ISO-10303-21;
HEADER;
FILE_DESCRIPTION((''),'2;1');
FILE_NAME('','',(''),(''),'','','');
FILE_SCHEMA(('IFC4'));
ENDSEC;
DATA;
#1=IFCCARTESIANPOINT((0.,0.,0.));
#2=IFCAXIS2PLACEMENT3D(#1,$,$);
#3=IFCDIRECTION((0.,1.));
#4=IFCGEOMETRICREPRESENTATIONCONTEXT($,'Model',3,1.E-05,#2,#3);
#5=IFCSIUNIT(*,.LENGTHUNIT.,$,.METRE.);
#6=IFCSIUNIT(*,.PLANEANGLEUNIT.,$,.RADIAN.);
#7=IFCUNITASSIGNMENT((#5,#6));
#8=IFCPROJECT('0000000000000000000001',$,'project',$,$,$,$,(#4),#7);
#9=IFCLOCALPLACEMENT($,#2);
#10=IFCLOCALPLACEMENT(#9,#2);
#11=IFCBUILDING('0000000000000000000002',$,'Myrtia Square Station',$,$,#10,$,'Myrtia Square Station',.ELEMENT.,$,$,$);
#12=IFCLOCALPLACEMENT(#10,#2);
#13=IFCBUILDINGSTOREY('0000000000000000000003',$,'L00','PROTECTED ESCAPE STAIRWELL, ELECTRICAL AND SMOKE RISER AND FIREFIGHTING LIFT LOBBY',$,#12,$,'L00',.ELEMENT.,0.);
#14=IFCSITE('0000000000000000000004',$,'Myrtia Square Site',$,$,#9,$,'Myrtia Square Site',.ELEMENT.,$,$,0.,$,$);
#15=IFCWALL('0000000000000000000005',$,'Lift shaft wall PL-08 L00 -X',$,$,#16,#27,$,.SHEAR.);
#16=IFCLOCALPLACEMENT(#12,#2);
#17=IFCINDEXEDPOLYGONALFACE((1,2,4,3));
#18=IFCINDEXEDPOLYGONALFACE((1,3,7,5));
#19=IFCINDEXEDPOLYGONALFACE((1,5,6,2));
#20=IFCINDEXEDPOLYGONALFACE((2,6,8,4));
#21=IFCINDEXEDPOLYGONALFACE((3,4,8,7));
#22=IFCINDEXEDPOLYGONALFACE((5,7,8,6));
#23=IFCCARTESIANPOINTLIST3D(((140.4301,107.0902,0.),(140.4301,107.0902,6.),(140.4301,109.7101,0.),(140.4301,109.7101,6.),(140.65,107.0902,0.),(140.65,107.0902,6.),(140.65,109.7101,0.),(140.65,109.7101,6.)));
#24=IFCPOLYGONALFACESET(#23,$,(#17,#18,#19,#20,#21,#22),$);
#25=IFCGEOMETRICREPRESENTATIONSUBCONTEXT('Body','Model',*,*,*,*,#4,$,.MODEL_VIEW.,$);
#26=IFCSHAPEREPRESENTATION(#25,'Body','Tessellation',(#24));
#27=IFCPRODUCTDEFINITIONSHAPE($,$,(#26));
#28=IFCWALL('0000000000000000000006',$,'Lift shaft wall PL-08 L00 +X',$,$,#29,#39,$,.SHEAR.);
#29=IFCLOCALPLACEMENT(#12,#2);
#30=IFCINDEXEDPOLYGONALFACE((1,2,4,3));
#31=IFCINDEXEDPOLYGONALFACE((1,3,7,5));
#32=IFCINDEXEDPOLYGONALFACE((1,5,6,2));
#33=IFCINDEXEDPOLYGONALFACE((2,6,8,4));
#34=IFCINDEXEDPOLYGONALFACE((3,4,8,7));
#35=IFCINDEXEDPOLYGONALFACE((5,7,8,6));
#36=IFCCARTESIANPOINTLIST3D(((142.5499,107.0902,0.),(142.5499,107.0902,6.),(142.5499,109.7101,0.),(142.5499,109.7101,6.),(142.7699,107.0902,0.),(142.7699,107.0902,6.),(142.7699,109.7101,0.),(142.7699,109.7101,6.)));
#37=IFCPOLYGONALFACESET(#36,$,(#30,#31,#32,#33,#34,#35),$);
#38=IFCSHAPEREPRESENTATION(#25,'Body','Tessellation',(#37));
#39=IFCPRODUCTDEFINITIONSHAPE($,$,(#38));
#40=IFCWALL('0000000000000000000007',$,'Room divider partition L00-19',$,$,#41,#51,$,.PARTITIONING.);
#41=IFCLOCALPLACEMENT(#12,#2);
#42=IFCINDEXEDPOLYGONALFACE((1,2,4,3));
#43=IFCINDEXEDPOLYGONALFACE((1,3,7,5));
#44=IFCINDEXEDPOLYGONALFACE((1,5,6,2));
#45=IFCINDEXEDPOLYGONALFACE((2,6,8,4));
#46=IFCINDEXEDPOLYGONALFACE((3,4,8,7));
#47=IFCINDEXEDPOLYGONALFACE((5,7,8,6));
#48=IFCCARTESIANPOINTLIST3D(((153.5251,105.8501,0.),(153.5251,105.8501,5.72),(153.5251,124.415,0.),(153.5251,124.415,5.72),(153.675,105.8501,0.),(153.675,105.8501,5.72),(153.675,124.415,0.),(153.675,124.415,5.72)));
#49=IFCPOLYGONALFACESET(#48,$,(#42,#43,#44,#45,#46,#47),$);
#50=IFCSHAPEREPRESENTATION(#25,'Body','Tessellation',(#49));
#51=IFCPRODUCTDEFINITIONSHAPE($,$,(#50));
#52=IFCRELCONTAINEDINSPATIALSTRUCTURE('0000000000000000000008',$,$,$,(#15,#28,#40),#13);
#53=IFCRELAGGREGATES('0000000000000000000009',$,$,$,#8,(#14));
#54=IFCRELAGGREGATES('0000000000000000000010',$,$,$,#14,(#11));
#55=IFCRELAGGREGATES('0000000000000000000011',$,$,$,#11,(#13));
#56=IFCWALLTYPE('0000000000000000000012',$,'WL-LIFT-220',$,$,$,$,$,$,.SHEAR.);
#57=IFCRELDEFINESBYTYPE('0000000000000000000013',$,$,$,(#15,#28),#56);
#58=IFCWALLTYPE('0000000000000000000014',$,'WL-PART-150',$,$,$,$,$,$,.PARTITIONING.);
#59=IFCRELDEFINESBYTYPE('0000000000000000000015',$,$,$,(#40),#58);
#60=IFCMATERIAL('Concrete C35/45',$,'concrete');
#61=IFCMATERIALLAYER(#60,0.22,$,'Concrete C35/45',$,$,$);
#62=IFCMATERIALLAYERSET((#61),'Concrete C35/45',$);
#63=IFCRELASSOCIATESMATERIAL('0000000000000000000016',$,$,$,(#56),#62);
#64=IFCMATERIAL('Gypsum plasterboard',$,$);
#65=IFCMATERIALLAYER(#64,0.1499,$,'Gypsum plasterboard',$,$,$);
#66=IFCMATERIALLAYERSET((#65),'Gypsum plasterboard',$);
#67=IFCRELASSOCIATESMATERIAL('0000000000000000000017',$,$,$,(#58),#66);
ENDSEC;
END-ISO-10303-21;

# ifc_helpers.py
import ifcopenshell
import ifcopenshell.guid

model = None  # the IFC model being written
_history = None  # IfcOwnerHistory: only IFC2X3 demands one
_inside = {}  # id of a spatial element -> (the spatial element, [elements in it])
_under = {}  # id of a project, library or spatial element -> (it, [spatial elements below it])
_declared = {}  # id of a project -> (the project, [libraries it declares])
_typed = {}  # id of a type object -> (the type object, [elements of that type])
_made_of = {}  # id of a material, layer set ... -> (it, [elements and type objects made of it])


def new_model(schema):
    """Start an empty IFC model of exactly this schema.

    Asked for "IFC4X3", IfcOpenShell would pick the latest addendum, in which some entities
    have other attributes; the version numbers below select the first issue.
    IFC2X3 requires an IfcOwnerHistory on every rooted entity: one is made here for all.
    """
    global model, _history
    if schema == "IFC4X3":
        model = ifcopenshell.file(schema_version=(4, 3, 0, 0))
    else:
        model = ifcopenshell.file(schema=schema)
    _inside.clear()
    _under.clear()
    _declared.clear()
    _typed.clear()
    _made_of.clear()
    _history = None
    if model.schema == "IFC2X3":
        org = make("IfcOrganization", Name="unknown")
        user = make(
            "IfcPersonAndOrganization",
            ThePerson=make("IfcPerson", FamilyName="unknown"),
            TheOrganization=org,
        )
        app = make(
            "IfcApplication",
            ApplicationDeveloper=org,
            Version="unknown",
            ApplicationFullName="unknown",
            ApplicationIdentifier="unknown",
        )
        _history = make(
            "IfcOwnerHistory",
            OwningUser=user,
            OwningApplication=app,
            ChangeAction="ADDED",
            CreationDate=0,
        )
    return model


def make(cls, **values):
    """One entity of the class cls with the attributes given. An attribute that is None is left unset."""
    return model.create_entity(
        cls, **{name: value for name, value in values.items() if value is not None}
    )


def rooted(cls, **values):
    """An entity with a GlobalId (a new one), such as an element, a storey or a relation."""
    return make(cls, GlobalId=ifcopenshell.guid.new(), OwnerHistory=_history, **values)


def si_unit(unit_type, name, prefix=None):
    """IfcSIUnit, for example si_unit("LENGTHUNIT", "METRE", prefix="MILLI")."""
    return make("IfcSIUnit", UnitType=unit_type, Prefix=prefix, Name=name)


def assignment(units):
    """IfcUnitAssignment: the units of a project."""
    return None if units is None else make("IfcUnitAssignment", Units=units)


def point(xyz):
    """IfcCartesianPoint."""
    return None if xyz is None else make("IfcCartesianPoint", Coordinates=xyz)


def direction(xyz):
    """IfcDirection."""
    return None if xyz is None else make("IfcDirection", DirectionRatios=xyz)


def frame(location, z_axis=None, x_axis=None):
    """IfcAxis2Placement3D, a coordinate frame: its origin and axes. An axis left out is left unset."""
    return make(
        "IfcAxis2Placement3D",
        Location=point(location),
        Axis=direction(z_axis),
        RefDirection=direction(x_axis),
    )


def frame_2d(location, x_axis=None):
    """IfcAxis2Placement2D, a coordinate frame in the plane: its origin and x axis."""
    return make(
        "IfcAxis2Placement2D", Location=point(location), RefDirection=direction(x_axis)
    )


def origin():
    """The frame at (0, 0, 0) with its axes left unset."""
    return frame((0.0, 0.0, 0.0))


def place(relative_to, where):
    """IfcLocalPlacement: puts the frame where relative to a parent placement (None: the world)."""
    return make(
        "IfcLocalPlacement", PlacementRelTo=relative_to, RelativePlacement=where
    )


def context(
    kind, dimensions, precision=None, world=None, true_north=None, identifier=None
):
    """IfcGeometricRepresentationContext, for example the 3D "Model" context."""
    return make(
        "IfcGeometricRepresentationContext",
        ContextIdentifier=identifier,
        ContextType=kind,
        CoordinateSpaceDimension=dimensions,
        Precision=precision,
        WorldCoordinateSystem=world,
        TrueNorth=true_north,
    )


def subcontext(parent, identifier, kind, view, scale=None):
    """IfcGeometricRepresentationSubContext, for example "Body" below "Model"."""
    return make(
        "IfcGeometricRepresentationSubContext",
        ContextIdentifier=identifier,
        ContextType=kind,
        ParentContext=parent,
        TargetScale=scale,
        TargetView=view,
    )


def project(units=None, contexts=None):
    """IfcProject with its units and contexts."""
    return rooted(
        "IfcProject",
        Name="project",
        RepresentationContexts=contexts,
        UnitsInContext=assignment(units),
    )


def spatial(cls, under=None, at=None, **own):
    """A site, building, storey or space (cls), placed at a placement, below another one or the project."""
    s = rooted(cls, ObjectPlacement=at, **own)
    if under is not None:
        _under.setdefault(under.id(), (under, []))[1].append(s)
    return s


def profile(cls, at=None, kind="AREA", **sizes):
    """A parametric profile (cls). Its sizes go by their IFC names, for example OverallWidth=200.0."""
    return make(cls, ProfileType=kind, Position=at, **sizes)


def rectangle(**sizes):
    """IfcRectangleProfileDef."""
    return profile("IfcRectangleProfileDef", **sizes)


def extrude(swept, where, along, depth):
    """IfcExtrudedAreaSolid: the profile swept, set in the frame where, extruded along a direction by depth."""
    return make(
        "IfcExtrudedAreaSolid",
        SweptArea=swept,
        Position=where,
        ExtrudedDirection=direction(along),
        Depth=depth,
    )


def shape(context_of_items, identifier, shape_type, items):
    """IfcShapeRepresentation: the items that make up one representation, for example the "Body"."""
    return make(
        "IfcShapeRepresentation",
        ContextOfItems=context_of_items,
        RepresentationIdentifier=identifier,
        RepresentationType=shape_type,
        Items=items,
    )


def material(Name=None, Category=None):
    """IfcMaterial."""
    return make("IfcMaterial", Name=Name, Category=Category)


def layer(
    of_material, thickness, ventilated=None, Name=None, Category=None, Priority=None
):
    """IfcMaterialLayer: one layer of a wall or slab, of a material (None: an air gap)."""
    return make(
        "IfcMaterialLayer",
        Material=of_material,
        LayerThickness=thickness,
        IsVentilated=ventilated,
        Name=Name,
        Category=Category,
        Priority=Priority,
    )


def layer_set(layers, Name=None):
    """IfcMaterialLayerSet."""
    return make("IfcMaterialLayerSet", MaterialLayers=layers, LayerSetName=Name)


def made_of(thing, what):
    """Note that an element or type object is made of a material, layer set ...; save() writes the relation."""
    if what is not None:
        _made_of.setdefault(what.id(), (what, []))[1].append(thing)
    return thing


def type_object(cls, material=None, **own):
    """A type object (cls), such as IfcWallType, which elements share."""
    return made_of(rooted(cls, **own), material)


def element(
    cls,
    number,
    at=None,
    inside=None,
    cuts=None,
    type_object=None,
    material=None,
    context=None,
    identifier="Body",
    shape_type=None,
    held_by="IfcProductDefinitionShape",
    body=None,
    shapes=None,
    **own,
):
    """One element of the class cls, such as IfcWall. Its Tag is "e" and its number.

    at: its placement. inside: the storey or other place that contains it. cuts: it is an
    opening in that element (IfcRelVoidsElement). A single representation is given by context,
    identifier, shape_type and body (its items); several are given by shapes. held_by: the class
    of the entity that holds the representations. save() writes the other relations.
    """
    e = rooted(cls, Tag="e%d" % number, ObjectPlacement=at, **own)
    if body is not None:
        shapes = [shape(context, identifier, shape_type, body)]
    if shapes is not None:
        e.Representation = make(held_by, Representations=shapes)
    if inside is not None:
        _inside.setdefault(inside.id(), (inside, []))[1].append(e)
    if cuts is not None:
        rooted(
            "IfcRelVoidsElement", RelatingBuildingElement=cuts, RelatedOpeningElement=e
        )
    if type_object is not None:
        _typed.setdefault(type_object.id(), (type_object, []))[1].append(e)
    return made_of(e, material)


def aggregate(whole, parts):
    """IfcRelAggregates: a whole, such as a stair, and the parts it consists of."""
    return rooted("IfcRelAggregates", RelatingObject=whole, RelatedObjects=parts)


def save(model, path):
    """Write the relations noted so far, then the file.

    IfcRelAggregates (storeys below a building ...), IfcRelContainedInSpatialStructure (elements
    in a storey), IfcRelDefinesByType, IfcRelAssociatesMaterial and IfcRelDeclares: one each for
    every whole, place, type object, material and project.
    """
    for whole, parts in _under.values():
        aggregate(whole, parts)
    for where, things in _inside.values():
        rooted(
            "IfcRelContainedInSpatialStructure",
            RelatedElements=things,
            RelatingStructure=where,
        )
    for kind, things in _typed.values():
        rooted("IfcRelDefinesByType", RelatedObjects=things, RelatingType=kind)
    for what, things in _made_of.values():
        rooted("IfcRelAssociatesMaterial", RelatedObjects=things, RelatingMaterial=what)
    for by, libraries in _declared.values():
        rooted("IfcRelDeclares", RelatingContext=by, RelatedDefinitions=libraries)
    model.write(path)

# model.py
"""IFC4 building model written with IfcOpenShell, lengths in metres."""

from ifc_helpers import new_model, si_unit, direction, frame, frame_2d, origin, place, context, subcontext, project, spatial, rectangle, extrude, material, layer, layer_set, type_object, element, save


model = new_model("IFC4")

# Units and contexts
model_context = context("Model", 3, precision=1e-05, world=origin(), true_north=direction((0.0, 1.0)))
body_context = subcontext(model_context, "Body", "Model", "MODEL_VIEW")
ifc_project = project(units=[si_unit("LENGTHUNIT", "METRE"), si_unit("PLANEANGLEUNIT", "RADIAN")], contexts=[model_context])

# Site, building, storey
site_placement = place(None, origin())
site = spatial("IfcSite", under=ifc_project, at=site_placement, Name="Myrtia Square Site", LongName="Myrtia Square Site", CompositionType="ELEMENT", RefElevation=0.0)
building_placement = place(site_placement, origin())
building = spatial("IfcBuilding", under=site, at=building_placement, Name="Myrtia Square Station", LongName="Myrtia Square Station", CompositionType="ELEMENT")
storey_placement = place(building_placement, origin())
storey = spatial("IfcBuildingStorey", under=building, at=storey_placement, Name="L00", Description="PROTECTED ESCAPE STAIRWELL, ELECTRICAL AND SMOKE RISER AND FIREFIGHTING LIFT LOBBY", LongName="L00", CompositionType="ELEMENT", Elevation=0.0)

# Shared definitions
ifc_material_1 = material(Name="Concrete C35/45", Category="concrete")
ifc_layer_1 = layer(ifc_material_1, 0.22, Name="Concrete C35/45")
ifc_layer_set_1 = layer_set([ifc_layer_1], Name="Concrete C35/45")
wall_type_1 = type_object("IfcWallType", Name="WL-LIFT-220", PredefinedType="SHEAR", material=ifc_layer_set_1)

# Walls
for number, where, z_axis, x_axis, name in (
    (1, (140.54, 107.0901, 0.0), (0.0, 0.0, 1.0), (0.0, 1.0, 0.0), "Lift shaft wall PL-08 L00 -X"),
    (2, (142.6599, 107.0901, 0.0), (0.0, 0.0, 1.0), (0.0, 1.0, 0.0), "Lift shaft wall PL-08 L00 +X"),
):
    element("IfcWall", number, at=place(storey_placement, frame(where, z_axis=z_axis, x_axis=x_axis)), inside=storey, type_object=wall_type_1, Name=name, PredefinedType="SHEAR", context=body_context, shape_type="SweptSolid", body=[
        extrude(rectangle(XDim=2.6199, YDim=0.22, at=frame_2d((1.3101, 0.0))), origin(), (0.0, 0.0, 1.0), 6.0),
    ])
ifc_material_2 = material(Name="Gypsum plasterboard")
ifc_layer_2 = layer(ifc_material_2, 0.1499, Name="Gypsum plasterboard")
ifc_layer_set_2 = layer_set([ifc_layer_2], Name="Gypsum plasterboard")
wall_type_2 = type_object("IfcWallType", Name="WL-PART-150", PredefinedType="PARTITIONING", material=ifc_layer_set_2)
wall_1_placement = place(storey_placement, frame((153.6001, 105.8501, 0.0), z_axis=(0.0, 0.0, 1.0), x_axis=(0.0, 1.0, 0.0)))
element("IfcWall", 3, at=wall_1_placement, inside=storey, type_object=wall_type_2, Name="Room divider partition L00-19", PredefinedType="PARTITIONING", context=body_context, shape_type="SweptSolid", body=[
    extrude(rectangle(XDim=18.5649, YDim=0.1499, at=frame_2d((9.2825, 0.0))), origin(), (0.0, 0.0, 1.0), 5.72),
])

save(model, "model.ifc")
